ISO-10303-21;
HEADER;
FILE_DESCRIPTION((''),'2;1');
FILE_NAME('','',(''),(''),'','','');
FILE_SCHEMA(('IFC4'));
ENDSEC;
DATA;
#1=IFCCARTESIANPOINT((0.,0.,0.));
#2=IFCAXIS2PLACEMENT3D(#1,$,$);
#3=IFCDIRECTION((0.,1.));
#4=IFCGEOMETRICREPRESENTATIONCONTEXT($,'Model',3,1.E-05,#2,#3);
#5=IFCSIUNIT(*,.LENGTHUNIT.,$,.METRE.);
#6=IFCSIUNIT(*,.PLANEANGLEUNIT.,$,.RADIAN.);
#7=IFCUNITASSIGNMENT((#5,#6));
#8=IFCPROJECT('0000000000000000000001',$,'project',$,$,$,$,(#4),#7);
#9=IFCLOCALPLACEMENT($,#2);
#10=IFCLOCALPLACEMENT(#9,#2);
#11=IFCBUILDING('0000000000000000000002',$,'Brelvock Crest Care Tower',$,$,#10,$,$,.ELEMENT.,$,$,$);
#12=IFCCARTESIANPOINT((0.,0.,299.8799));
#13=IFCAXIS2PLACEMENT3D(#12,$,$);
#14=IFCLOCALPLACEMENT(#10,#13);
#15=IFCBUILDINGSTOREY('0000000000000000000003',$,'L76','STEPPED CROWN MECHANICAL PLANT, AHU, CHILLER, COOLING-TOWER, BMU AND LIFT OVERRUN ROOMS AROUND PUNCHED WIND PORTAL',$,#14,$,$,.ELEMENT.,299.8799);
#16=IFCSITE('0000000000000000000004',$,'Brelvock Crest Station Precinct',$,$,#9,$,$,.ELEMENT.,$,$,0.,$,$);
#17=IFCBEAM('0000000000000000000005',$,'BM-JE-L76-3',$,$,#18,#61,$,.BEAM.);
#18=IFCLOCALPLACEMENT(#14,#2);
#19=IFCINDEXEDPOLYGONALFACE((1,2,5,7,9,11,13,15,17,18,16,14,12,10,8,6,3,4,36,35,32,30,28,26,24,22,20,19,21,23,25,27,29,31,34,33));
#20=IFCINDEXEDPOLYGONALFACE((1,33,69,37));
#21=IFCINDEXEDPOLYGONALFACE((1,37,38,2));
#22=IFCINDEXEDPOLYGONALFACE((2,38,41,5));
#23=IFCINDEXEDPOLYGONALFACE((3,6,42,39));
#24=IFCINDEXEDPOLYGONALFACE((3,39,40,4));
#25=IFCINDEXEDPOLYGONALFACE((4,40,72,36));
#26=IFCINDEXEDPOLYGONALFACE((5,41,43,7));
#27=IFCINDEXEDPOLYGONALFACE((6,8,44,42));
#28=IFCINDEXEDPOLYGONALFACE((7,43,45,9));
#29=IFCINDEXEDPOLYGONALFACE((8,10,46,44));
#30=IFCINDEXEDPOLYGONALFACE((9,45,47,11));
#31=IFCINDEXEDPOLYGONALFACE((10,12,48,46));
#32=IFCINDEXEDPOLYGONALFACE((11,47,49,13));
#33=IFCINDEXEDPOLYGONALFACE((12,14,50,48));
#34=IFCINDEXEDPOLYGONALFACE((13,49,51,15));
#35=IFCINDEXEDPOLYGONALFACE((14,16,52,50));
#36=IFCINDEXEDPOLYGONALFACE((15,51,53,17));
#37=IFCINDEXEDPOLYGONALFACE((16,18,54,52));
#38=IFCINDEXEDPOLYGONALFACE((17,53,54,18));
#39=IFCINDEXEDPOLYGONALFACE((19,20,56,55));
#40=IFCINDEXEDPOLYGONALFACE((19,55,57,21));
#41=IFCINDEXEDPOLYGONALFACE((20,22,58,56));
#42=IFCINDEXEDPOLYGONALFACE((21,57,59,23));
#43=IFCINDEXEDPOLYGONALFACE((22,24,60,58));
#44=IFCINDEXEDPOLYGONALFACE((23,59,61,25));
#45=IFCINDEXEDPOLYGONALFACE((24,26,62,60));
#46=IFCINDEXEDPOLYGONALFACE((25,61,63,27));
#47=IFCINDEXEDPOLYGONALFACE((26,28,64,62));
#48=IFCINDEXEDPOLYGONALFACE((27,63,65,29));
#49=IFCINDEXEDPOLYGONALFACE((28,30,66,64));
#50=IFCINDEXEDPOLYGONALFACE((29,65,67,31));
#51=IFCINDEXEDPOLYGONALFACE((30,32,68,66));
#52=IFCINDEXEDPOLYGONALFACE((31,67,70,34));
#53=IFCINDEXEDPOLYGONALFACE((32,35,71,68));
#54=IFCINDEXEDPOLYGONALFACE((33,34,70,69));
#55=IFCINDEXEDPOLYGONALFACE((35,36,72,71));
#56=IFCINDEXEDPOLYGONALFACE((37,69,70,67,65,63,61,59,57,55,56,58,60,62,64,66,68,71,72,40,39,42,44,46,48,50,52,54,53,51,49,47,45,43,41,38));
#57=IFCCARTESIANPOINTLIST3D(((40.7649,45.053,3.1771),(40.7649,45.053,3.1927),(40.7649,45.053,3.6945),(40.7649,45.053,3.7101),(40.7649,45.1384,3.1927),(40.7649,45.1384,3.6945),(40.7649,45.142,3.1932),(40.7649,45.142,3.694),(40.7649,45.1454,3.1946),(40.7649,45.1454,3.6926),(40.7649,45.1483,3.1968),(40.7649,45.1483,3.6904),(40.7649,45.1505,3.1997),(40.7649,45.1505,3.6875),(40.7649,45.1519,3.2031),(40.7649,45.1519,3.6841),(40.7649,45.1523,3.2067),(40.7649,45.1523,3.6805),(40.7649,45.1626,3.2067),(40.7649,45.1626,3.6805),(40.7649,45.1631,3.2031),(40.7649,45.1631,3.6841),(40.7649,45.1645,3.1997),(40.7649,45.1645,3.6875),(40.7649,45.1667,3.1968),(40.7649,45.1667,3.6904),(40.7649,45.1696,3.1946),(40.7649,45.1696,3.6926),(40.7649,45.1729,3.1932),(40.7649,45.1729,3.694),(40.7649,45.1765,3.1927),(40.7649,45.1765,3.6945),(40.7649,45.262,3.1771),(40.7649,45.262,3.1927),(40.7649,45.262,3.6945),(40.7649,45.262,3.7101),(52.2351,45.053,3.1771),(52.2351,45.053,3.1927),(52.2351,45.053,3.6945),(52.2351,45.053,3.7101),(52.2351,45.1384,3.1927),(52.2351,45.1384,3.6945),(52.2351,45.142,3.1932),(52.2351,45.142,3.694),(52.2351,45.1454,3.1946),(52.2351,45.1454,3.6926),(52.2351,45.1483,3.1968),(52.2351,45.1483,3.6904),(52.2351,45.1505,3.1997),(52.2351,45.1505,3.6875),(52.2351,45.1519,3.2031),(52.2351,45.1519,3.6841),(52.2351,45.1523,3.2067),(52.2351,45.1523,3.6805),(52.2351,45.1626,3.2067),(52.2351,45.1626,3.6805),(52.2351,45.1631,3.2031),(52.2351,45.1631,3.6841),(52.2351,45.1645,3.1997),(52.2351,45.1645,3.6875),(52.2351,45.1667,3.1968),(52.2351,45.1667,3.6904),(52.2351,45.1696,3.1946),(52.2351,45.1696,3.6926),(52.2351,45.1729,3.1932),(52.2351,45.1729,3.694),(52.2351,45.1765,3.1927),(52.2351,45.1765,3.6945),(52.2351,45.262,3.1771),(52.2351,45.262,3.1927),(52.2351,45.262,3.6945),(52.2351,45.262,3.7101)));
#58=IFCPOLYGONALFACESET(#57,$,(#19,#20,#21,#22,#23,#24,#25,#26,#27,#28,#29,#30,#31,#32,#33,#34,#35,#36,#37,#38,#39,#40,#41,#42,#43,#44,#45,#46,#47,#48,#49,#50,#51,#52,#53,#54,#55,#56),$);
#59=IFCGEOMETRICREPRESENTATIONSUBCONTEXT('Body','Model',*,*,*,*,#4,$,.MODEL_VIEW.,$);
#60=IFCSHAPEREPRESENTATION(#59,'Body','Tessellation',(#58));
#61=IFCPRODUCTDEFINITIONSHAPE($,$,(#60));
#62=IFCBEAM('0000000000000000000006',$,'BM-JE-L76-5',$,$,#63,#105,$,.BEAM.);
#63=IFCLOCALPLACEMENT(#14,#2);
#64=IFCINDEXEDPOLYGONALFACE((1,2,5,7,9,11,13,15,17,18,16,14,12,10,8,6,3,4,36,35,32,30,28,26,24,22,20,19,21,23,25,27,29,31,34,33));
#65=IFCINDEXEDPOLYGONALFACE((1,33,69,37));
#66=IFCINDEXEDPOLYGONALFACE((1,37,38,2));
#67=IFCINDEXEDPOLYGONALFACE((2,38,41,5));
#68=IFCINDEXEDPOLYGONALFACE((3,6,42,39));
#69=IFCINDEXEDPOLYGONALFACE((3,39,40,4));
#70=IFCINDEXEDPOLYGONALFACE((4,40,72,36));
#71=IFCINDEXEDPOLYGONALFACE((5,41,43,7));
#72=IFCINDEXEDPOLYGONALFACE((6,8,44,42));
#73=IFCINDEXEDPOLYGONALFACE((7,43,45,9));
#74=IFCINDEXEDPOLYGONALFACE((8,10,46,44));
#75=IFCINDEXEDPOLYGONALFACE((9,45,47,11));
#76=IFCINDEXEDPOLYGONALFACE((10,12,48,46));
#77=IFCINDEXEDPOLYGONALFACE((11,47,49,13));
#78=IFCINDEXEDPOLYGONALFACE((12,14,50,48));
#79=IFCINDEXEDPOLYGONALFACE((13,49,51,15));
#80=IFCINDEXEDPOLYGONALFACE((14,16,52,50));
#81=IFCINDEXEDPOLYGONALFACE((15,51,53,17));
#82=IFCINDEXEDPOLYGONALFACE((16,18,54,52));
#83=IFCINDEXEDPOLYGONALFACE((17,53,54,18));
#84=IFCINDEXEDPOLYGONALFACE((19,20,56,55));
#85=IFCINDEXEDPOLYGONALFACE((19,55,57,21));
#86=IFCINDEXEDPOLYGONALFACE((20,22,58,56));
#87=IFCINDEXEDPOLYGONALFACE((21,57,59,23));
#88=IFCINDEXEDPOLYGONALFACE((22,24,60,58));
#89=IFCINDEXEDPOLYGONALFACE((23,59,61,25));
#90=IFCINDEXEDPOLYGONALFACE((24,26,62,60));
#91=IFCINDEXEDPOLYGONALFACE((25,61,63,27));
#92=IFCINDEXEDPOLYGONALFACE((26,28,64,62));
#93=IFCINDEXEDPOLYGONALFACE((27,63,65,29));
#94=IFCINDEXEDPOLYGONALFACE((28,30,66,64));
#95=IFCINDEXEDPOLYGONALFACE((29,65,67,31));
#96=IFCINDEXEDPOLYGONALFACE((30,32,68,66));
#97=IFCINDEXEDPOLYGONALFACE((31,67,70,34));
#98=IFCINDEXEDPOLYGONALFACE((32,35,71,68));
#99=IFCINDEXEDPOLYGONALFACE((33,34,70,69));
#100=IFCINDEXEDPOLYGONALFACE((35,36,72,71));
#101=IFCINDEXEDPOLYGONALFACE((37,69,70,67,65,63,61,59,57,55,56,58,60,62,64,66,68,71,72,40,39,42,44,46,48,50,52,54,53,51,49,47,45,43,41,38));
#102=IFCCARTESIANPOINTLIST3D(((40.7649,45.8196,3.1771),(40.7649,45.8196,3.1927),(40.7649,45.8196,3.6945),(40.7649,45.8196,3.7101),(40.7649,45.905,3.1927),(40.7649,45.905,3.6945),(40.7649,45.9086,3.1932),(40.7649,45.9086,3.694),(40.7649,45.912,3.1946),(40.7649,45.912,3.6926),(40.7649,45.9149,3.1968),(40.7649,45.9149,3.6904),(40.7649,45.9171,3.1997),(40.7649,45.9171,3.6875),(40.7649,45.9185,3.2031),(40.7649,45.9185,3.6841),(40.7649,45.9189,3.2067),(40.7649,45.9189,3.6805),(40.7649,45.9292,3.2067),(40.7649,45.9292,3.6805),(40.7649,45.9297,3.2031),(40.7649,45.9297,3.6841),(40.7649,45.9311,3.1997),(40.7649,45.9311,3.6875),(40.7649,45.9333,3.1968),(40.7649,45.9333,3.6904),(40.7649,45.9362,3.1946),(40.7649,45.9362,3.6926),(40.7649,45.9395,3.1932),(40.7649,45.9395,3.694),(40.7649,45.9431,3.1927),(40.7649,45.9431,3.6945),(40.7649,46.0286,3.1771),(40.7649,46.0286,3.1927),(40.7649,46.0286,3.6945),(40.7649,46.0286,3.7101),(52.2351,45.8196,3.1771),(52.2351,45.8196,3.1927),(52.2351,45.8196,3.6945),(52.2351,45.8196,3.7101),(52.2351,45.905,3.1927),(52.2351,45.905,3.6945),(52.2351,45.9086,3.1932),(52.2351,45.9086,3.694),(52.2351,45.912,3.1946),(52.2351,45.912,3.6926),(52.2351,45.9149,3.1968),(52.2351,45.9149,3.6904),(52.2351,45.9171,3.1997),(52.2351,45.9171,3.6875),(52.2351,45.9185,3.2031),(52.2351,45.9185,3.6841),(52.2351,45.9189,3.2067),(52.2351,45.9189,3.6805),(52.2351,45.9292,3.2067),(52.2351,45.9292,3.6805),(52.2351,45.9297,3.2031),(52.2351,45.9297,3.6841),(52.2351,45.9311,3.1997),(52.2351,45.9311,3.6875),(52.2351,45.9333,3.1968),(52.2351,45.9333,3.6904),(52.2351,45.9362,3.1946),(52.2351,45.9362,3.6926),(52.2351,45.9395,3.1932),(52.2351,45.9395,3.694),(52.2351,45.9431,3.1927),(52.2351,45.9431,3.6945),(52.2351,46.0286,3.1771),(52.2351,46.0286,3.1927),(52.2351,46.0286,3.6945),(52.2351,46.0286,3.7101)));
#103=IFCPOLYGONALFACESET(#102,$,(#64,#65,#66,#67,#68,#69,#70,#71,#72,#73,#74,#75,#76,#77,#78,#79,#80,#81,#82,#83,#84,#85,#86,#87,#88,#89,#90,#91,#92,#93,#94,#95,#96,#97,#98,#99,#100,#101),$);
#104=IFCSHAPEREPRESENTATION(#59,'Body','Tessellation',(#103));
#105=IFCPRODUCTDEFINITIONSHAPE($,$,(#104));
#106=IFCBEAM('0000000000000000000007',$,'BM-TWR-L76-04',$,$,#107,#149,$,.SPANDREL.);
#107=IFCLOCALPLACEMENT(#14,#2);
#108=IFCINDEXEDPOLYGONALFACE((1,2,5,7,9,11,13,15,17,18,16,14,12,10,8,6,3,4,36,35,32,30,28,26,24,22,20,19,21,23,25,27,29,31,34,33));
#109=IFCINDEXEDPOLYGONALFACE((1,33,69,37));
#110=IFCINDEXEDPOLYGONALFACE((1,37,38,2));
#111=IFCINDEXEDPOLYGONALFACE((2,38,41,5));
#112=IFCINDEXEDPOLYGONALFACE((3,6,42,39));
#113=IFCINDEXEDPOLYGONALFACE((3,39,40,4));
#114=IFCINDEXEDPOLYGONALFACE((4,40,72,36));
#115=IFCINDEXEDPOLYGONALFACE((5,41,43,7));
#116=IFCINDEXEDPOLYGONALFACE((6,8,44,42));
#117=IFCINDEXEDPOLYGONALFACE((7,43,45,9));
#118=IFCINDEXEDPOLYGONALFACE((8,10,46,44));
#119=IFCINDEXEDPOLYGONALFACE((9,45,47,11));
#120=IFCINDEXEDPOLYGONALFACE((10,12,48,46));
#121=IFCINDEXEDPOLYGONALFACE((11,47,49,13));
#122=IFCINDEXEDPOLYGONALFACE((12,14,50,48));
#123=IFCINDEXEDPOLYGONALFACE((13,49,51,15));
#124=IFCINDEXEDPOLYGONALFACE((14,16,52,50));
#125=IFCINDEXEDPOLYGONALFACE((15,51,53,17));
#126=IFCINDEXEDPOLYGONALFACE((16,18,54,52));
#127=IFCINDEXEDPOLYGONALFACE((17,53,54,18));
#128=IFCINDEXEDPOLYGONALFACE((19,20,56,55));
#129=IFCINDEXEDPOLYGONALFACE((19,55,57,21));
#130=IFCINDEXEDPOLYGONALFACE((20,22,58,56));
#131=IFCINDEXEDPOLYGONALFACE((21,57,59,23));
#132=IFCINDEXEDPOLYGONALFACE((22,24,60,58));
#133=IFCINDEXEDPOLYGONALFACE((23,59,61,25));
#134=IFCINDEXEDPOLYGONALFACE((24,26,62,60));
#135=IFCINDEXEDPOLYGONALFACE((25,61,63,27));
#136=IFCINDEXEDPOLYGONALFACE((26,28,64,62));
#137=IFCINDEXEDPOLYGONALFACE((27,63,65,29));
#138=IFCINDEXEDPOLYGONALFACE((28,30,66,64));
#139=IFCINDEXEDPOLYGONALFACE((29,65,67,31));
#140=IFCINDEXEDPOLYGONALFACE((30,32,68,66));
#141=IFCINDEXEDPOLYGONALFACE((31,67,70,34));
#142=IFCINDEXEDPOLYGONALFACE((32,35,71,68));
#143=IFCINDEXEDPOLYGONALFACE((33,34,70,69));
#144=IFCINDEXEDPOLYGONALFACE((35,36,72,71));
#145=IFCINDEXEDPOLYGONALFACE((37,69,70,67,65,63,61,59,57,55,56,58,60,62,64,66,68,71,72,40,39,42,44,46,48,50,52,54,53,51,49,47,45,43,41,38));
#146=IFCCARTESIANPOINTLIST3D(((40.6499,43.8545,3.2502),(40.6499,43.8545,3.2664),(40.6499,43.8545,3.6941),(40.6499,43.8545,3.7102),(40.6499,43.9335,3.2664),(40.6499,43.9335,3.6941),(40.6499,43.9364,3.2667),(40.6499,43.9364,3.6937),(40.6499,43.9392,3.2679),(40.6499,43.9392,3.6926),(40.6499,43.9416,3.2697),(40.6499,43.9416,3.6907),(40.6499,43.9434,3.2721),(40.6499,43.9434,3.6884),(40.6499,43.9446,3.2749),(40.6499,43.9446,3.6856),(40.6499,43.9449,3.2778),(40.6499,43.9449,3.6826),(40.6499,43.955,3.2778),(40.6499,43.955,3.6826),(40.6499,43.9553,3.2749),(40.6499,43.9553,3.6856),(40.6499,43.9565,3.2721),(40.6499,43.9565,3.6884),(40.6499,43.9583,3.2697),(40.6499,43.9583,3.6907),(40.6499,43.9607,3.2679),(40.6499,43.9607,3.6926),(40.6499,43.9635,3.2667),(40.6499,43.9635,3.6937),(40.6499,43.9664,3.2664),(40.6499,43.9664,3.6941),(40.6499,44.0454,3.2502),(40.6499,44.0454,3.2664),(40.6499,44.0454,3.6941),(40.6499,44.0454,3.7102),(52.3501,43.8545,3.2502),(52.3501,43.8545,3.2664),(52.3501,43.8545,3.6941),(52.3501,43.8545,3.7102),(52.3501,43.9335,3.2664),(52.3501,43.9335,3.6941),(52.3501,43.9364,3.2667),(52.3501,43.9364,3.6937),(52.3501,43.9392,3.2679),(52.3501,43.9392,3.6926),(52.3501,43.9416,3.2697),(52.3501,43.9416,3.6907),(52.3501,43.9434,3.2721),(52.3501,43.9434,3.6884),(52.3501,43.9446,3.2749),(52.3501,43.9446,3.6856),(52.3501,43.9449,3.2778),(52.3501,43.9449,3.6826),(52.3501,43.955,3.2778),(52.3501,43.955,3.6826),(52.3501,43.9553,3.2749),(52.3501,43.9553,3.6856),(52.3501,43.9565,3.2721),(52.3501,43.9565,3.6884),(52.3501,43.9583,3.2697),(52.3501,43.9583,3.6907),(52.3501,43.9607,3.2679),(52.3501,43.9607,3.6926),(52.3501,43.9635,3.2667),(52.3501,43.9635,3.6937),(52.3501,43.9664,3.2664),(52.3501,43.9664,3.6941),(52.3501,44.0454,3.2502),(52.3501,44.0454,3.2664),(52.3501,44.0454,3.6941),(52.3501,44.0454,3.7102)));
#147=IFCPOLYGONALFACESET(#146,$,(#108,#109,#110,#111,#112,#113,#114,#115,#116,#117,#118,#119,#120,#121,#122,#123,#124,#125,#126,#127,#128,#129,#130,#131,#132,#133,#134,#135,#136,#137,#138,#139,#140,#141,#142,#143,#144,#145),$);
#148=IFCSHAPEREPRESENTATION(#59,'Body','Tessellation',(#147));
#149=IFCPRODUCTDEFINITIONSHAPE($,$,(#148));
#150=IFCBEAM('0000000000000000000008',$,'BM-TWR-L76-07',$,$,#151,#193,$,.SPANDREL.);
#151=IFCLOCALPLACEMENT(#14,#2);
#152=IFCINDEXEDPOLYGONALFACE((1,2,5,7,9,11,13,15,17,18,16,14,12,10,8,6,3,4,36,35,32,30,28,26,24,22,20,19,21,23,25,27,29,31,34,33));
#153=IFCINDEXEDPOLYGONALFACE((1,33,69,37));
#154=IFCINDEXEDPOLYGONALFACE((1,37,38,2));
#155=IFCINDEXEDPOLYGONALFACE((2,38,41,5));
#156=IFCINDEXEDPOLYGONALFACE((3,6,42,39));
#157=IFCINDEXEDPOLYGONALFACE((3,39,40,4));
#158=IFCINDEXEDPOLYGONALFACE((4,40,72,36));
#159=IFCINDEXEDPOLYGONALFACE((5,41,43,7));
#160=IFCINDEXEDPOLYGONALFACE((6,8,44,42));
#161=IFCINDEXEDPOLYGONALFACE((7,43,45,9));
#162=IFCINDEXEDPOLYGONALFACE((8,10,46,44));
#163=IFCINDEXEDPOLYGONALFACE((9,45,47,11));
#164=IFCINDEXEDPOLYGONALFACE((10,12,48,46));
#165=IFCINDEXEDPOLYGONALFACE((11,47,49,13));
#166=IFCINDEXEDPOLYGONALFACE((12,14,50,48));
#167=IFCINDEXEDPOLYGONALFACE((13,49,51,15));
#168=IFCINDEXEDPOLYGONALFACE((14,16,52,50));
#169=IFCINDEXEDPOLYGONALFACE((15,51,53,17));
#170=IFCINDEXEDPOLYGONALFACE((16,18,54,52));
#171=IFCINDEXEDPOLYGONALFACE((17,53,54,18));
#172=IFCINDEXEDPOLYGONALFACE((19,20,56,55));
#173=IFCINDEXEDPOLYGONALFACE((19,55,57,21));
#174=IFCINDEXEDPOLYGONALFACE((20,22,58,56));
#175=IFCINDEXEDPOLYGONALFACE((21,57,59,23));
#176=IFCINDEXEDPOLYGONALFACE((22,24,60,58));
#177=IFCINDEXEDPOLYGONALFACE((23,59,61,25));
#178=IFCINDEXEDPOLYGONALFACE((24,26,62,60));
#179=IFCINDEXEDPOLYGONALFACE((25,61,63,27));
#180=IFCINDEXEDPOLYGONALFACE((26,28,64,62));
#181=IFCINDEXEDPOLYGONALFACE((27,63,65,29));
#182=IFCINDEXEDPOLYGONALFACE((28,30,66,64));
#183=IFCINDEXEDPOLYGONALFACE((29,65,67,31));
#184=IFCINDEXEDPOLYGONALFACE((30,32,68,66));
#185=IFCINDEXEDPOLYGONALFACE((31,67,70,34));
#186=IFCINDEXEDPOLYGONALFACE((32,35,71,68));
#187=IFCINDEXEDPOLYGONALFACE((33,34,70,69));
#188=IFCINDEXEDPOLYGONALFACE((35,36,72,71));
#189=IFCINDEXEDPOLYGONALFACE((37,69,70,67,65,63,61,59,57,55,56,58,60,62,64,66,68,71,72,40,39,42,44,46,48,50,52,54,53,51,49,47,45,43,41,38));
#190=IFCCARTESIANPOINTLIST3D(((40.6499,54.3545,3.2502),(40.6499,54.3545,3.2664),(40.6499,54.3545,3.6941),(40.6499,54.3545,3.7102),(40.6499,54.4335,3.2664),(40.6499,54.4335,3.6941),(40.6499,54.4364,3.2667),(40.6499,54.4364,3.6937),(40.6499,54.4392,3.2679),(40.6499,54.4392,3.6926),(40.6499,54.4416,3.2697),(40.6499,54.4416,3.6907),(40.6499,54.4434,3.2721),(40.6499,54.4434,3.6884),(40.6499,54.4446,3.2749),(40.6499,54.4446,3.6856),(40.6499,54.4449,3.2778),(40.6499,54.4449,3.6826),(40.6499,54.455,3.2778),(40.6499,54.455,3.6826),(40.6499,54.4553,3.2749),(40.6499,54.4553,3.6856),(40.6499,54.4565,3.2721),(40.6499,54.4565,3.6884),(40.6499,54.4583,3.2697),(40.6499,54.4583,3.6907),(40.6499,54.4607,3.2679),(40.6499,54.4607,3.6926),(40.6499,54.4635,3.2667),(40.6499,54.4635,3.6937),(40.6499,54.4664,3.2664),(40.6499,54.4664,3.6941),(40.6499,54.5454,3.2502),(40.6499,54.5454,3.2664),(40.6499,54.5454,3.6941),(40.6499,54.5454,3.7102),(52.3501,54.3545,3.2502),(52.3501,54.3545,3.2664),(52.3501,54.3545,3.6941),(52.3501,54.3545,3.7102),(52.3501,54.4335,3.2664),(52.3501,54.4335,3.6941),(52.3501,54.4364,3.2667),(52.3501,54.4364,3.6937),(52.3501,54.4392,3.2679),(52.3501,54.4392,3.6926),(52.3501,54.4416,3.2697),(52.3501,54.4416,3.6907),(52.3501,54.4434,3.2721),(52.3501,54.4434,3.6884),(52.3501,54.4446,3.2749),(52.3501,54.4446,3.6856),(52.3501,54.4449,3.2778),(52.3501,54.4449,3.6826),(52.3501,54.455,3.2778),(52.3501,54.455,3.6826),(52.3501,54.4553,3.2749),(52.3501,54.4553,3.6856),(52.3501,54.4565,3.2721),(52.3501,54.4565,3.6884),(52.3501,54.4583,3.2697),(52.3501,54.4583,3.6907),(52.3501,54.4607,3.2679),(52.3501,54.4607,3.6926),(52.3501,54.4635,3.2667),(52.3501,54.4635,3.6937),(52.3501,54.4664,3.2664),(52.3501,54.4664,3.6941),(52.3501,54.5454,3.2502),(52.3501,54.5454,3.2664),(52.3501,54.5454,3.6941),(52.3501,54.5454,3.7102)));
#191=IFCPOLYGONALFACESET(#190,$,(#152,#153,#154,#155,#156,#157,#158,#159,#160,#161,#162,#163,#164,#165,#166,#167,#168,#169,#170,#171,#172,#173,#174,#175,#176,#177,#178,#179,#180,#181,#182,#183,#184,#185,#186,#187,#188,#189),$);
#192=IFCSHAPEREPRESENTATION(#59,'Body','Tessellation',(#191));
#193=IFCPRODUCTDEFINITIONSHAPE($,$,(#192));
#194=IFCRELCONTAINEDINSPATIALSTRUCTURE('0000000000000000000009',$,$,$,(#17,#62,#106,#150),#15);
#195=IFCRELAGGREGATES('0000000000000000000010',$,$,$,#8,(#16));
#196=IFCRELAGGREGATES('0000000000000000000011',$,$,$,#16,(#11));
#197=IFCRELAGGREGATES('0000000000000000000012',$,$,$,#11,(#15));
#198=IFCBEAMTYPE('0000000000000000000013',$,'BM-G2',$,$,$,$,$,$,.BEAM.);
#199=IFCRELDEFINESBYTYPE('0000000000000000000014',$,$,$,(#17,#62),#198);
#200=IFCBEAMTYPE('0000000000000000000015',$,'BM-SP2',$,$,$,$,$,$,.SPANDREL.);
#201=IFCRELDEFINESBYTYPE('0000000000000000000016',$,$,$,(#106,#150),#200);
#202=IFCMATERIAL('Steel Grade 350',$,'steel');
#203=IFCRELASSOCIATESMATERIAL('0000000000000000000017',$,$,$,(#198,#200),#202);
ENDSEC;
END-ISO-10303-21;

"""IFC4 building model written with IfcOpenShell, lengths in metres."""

from ifc_helpers import new_model, si_unit, direction, frame, origin, origin_2d, place, context, subcontext, project, spatial, i_section, extrude, source, transform, mapped, material, material_profile, profile_set, type_object, element, save


model = new_model("IFC4")

# Units and contexts
model_context = context("Model", 3, precision=1e-05, world=origin(), true_north=direction((0.0, 1.0)))
body_context = subcontext(model_context, "Body", "Model", "MODEL_VIEW")
ifc_project = project(units=[si_unit("LENGTHUNIT", "METRE"), si_unit("PLANEANGLEUNIT", "RADIAN")], contexts=[model_context])

# Site, building, storey
site_placement = place(None, origin())
site = spatial("IfcSite", under=ifc_project, at=site_placement, Name="Brelvock Crest Station Precinct", CompositionType="ELEMENT", RefElevation=0.0)
building_placement = place(site_placement, origin())
building = spatial("IfcBuilding", under=site, at=building_placement, Name="Brelvock Crest Care Tower", CompositionType="ELEMENT")
storey_placement = place(building_placement, frame((0.0, 0.0, 299.8799)))
storey = spatial("IfcBuildingStorey", under=building, at=storey_placement, Name="L76", Description="STEPPED CROWN MECHANICAL PLANT, AHU, CHILLER, COOLING-TOWER, BMU AND LIFT OVERRUN ROOMS AROUND PUNCHED WIND PORTAL", CompositionType="ELEMENT", Elevation=299.8799)

# Shared definitions
ifc_material_1 = material(Name="Steel Grade 350", Category="steel")

# Beams
ifc_material_profile_1 = material_profile(ifc_material_1, i_section(OverallWidth=0.209, OverallDepth=0.533, WebThickness=0.0103, FlangeThickness=0.0156, FilletRadius=0.0139, at=origin_2d()), Name="530UB92.4")
ifc_profile_set_1 = profile_set([ifc_material_profile_1], Name="Steel Grade 350")
beam_type_1 = type_object("IfcBeamType", Name="BM-G2", PredefinedType="BEAM", material=ifc_profile_set_1)
shared_shape_1 = source(origin(), body_context, "Body", "SweptSolid", [
    extrude(i_section(OverallWidth=0.209, OverallDepth=0.533, WebThickness=0.0103, FlangeThickness=0.0156, FilletRadius=0.0139, at=origin_2d()), origin(), (0.0, 0.0, 1.0), 11.4702),
])
for number, where, z_axis, x_axis, name in (
    (1, (40.7649, 45.1575, 3.4436), (1.0, 0.0, 0.0), (0.0, 1.0, 0.0), "BM-JE-L76-3"),
    (2, (40.7649, 45.9241, 3.4436), (1.0, 0.0, 0.0), (0.0, 1.0, 0.0), "BM-JE-L76-5"),
):
    element("IfcBeam", number, at=place(storey_placement, frame(where, z_axis=z_axis, x_axis=x_axis)), inside=storey, type_object=beam_type_1, Name=name, PredefinedType="BEAM", context=body_context, shape_type="MappedRepresentation", body=[
        mapped(shared_shape_1, transform((0.0, 0.0, 0.0), x_axis=(1.0, 0.0, 0.0), y_axis=(0.0, 1.0, 0.0), z_axis=(0.0, 0.0, 1.0), scale=1.0)),
    ])
ifc_material_profile_2 = material_profile(ifc_material_1, i_section(OverallWidth=0.1909, OverallDepth=0.46, WebThickness=0.01, FlangeThickness=0.0161, FilletRadius=0.0115, at=origin_2d()), Name="460UB82.1")
ifc_profile_set_2 = profile_set([ifc_material_profile_2], Name="Steel Grade 350")
beam_type_2 = type_object("IfcBeamType", Name="BM-SP2", PredefinedType="SPANDREL", material=ifc_profile_set_2)
shared_shape_2 = source(origin(), body_context, "Body", "SweptSolid", [
    extrude(i_section(OverallWidth=0.1909, OverallDepth=0.46, WebThickness=0.01, FlangeThickness=0.0161, FilletRadius=0.0115, at=origin_2d()), origin(), (0.0, 0.0, 1.0), 11.7002),
])
for number, where, z_axis, x_axis, name in (
    (3, (40.6499, 43.95, 3.4802), (1.0, 0.0, 0.0), (0.0, 1.0, 0.0), "BM-TWR-L76-04"),
    (4, (40.6499, 54.45, 3.4802), (1.0, 0.0, 0.0), (0.0, 1.0, 0.0), "BM-TWR-L76-07"),
):
    element("IfcBeam", number, at=place(storey_placement, frame(where, z_axis=z_axis, x_axis=x_axis)), inside=storey, type_object=beam_type_2, Name=name, PredefinedType="SPANDREL", context=body_context, shape_type="MappedRepresentation", body=[
        mapped(shared_shape_2, transform((0.0, 0.0, 0.0), x_axis=(1.0, 0.0, 0.0), y_axis=(0.0, 1.0, 0.0), z_axis=(0.0, 0.0, 1.0), scale=1.0)),
    ])

save(model, "model.ifc")
